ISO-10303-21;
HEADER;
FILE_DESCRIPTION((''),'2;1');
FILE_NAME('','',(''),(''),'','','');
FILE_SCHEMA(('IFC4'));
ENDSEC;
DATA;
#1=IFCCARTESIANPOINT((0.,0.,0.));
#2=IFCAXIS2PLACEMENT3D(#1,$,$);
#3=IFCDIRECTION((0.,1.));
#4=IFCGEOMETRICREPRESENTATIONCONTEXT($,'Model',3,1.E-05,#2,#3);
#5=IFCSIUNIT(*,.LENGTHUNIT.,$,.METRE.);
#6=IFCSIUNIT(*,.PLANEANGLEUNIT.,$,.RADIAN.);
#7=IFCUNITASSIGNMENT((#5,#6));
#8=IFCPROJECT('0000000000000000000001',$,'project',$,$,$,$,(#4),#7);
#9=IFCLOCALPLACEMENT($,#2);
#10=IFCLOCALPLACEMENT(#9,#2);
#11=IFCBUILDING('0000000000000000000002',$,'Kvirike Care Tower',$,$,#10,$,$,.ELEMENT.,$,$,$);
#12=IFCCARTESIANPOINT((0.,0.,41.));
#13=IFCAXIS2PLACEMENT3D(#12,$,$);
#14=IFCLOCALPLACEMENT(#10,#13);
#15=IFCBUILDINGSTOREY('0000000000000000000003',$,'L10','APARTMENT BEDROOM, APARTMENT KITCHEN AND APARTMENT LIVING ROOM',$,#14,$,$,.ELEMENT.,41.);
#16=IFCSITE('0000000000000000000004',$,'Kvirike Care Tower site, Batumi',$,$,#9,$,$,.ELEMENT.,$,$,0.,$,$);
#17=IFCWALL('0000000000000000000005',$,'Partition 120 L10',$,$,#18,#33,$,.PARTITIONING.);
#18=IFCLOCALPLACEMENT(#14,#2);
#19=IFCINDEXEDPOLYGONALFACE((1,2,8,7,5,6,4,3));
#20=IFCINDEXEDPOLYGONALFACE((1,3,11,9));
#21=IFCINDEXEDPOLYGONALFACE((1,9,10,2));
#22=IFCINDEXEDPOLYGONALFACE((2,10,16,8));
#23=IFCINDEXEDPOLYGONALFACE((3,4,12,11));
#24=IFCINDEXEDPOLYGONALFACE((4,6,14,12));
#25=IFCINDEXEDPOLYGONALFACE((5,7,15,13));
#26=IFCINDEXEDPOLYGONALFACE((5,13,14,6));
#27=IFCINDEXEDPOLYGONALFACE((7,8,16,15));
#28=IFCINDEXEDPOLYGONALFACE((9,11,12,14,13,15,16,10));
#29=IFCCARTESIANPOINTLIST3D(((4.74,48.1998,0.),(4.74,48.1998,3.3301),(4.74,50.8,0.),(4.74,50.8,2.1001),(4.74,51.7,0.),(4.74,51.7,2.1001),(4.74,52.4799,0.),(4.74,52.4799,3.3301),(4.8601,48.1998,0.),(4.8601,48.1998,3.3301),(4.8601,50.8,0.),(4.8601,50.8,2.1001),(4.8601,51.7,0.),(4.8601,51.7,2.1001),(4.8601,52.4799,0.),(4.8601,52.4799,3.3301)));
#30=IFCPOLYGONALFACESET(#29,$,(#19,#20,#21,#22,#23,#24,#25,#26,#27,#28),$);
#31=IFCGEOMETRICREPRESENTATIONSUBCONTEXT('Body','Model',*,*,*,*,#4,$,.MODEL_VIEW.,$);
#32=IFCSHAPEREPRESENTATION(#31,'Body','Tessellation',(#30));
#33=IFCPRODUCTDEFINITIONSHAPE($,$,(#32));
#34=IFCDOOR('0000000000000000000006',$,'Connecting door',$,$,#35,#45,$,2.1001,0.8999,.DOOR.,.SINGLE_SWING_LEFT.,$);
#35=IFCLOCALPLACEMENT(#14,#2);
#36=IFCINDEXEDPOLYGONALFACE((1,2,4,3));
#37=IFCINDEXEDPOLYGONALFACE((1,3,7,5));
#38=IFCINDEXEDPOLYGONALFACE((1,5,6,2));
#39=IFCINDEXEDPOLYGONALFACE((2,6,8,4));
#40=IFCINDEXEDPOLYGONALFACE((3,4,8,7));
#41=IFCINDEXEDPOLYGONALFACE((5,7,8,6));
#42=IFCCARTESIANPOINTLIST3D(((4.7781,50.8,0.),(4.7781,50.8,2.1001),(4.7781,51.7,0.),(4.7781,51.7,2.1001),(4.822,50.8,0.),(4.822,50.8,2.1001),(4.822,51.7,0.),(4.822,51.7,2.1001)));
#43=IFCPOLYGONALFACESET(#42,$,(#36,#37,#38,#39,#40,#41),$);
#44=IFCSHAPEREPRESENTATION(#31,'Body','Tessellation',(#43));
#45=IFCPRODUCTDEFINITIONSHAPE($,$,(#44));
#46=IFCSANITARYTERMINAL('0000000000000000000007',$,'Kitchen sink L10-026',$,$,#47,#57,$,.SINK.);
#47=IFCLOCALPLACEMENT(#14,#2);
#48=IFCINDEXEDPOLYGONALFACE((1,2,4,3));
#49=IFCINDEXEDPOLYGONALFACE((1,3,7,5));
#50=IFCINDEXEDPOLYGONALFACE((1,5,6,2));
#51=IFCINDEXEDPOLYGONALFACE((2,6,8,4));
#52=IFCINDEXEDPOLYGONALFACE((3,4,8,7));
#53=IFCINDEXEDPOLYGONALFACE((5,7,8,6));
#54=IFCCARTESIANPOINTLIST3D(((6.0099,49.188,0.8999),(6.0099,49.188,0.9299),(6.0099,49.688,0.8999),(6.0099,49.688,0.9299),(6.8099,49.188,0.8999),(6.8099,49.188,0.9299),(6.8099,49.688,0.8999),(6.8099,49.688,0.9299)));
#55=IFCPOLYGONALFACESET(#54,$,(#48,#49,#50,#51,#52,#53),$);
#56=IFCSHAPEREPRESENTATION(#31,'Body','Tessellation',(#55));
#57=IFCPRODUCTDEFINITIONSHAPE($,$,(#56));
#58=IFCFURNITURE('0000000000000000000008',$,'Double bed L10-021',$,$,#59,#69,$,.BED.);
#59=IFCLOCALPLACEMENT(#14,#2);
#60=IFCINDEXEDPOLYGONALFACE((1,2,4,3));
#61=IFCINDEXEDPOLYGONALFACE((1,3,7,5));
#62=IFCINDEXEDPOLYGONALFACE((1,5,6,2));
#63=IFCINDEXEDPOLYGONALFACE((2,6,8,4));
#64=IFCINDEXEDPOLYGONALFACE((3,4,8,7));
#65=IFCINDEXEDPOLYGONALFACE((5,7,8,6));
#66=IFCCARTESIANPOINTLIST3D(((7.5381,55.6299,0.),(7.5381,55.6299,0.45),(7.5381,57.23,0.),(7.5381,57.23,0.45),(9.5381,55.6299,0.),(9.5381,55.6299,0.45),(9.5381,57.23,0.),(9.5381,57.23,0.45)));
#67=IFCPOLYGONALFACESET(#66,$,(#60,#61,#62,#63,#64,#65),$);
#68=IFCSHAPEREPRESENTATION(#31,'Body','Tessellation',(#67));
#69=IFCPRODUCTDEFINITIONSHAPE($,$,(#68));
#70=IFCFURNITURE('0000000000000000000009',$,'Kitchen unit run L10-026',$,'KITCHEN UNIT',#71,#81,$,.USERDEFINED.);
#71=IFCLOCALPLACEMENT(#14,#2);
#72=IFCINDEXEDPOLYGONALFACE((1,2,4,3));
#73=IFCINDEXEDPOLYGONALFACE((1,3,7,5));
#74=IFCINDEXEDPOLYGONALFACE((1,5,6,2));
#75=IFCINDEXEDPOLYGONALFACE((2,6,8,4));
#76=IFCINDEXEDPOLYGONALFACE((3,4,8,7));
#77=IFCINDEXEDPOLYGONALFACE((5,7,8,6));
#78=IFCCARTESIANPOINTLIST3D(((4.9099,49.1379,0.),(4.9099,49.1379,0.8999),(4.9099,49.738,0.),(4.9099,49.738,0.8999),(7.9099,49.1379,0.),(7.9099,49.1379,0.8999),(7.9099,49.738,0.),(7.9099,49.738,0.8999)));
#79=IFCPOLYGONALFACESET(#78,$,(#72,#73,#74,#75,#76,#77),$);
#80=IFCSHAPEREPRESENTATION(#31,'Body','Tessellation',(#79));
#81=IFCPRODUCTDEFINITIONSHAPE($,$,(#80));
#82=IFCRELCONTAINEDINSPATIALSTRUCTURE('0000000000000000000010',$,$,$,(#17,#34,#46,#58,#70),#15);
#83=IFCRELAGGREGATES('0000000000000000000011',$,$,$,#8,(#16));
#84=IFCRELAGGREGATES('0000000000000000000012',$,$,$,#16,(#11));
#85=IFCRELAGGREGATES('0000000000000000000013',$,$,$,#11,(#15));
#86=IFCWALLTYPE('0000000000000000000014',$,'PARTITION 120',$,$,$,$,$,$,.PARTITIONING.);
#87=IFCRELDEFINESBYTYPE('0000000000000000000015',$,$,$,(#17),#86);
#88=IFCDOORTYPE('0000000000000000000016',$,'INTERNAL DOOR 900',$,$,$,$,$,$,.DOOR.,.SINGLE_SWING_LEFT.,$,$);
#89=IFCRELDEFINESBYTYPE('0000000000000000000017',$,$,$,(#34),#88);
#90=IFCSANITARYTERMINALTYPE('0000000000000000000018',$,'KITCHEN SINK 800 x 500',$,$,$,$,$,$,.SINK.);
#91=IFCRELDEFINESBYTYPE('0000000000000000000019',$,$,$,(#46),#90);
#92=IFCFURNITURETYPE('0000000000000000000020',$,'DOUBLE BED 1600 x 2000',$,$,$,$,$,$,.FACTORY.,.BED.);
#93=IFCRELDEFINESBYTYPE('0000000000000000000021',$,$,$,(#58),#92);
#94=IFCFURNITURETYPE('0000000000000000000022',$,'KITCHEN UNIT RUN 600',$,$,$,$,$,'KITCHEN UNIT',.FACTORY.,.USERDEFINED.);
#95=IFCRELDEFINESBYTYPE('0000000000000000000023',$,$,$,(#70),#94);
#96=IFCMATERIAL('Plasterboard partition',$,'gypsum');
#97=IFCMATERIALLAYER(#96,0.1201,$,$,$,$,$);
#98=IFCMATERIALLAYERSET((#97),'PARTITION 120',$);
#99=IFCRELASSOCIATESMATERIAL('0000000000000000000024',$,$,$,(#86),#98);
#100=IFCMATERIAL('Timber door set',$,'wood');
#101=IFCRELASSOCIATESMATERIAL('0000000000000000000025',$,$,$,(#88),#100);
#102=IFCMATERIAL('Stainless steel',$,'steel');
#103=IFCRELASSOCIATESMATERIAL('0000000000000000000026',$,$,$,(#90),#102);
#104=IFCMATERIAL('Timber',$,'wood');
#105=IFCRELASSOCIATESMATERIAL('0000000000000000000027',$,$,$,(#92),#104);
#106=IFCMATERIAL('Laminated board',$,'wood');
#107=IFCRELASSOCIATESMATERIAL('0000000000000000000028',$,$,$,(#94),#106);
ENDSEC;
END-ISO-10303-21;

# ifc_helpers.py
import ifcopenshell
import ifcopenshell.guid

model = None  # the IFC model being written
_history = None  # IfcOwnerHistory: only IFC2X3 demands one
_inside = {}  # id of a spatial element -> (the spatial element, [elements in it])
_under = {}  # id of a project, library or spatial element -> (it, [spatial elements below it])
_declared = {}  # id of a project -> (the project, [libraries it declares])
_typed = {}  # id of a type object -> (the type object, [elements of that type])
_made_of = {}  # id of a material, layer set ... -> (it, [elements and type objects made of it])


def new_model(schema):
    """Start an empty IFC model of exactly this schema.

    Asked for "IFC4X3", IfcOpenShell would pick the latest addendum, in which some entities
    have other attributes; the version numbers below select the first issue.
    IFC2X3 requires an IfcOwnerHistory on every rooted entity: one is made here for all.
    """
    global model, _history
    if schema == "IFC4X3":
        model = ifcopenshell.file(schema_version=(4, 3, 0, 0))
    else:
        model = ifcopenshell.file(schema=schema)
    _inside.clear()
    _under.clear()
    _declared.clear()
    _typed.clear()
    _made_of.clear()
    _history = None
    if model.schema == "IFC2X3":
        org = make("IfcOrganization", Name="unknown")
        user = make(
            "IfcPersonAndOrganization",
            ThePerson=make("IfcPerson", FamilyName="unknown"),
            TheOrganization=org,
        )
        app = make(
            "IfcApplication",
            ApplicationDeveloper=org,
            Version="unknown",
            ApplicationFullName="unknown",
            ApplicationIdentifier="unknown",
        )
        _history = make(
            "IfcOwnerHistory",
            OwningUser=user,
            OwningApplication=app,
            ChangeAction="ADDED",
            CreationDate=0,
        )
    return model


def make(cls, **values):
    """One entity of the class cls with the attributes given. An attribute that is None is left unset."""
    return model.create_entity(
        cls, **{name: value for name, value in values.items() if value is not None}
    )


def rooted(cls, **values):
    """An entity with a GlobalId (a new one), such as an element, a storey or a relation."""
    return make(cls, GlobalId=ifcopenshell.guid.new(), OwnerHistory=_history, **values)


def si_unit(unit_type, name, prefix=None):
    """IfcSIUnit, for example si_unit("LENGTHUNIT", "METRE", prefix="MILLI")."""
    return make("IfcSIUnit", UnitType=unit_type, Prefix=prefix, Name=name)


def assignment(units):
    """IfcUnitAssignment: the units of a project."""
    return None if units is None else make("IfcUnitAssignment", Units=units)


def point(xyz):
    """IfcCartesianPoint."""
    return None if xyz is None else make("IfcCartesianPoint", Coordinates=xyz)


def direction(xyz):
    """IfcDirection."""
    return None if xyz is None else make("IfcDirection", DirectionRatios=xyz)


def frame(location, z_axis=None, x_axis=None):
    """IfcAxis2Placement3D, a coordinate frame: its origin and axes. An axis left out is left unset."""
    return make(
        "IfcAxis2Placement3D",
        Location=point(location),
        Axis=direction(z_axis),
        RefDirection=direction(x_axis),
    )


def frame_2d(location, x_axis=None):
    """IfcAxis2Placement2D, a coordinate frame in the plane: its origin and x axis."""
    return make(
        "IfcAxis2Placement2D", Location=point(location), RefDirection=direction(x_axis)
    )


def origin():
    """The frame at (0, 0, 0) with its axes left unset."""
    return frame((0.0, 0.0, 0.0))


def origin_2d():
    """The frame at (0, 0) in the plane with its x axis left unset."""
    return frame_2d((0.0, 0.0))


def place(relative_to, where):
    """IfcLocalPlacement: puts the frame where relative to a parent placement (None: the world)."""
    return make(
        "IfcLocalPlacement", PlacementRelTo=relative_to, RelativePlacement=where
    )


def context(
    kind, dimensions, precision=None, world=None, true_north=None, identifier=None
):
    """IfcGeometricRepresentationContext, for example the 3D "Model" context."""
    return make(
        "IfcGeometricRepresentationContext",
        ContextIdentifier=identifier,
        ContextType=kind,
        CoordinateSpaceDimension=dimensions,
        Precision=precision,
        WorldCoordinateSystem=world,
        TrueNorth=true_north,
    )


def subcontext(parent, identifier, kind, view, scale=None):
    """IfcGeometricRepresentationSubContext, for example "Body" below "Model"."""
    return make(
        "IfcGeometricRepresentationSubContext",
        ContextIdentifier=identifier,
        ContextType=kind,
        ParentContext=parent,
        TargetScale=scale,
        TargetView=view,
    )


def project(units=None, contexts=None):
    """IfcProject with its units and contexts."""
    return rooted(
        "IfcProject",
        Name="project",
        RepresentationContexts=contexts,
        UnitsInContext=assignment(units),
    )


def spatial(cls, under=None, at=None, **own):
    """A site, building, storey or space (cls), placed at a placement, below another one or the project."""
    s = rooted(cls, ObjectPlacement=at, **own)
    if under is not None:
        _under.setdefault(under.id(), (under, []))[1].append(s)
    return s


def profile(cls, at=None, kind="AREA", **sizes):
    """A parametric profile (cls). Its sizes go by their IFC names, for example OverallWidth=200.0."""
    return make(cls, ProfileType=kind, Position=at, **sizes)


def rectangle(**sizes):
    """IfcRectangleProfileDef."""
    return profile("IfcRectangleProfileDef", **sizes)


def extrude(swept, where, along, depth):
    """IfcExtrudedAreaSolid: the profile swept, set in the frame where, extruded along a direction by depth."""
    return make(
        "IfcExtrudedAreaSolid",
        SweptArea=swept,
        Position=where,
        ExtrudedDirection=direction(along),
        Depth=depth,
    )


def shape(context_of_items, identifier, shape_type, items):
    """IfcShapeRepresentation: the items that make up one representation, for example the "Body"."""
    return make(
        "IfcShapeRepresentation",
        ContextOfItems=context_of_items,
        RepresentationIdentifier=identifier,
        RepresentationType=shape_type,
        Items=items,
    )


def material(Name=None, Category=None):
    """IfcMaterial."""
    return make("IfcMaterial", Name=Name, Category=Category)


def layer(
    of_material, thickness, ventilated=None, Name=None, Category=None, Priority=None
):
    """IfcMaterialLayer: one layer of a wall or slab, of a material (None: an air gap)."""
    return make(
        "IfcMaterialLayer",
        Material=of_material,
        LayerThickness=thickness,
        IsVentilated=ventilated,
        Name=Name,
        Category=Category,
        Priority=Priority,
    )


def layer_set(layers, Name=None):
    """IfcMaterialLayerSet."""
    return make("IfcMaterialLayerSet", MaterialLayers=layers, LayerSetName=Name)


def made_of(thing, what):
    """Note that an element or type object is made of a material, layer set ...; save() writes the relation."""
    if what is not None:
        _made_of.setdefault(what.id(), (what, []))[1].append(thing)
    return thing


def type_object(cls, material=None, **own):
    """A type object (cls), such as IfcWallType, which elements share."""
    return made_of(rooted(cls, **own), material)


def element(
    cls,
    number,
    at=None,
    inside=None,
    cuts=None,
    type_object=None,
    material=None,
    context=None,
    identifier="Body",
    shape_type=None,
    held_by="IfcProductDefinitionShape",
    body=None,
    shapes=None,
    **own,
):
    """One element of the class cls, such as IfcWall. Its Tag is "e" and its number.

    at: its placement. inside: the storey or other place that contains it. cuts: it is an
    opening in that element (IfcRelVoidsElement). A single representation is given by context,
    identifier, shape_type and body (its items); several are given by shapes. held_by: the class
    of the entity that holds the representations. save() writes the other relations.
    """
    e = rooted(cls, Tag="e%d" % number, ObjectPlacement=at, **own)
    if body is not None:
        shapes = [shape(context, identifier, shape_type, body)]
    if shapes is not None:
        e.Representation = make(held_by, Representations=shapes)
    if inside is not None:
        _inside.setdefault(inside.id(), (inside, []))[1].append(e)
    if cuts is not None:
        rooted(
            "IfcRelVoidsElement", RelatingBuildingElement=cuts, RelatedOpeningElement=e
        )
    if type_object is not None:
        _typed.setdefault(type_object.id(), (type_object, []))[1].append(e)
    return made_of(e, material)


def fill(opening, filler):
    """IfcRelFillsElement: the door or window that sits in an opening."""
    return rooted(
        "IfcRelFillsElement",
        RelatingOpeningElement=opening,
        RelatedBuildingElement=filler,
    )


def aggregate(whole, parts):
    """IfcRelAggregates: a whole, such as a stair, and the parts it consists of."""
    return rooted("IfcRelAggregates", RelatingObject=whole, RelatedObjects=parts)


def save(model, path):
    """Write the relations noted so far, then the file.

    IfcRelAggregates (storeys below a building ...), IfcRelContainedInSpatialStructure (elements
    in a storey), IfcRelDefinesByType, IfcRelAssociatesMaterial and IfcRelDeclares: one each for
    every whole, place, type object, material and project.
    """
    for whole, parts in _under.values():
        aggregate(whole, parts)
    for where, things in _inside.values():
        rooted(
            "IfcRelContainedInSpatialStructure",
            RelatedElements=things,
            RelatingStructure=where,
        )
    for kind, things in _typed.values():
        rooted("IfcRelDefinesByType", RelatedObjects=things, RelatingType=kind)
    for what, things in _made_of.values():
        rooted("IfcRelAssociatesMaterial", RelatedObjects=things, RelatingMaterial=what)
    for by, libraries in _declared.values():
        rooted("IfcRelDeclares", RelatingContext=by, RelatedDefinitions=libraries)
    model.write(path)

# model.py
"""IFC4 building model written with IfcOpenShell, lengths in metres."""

from ifc_helpers import new_model, si_unit, direction, frame, frame_2d, origin, origin_2d, place, context, subcontext, project, spatial, rectangle, extrude, material, layer, layer_set, type_object, element, fill, save


model = new_model("IFC4")

# Units and contexts
model_context = context("Model", 3, precision=1e-05, world=origin(), true_north=direction((0.0, 1.0)))
body_context = subcontext(model_context, "Body", "Model", "MODEL_VIEW")
ifc_project = project(units=[si_unit("LENGTHUNIT", "METRE"), si_unit("PLANEANGLEUNIT", "RADIAN")], contexts=[model_context])

# Site, building, storey
site_placement = place(None, origin())
site = spatial("IfcSite", under=ifc_project, at=site_placement, Name="Kvirike Care Tower site, Batumi", CompositionType="ELEMENT", RefElevation=0.0)
building_placement = place(site_placement, origin())
building = spatial("IfcBuilding", under=site, at=building_placement, Name="Kvirike Care Tower", CompositionType="ELEMENT")
storey_placement = place(building_placement, frame((0.0, 0.0, 41.0)))
storey = spatial("IfcBuildingStorey", under=building, at=storey_placement, Name="L10", Description="APARTMENT BEDROOM, APARTMENT KITCHEN AND APARTMENT LIVING ROOM", CompositionType="ELEMENT", Elevation=41.0)

# Shared definitions
ifc_material_1 = material(Name="Plasterboard partition", Category="gypsum")
ifc_layer_1 = layer(ifc_material_1, 0.1201)
ifc_layer_set_1 = layer_set([ifc_layer_1], Name="PARTITION 120")
wall_type_1 = type_object("IfcWallType", Name="PARTITION 120", PredefinedType="PARTITIONING", material=ifc_layer_set_1)
ifc_material_2 = material(Name="Timber door set", Category="wood")
door_type_1 = type_object("IfcDoorType", Name="INTERNAL DOOR 900", OperationType="SINGLE_SWING_LEFT", PredefinedType="DOOR", material=ifc_material_2)

# Wall, opening, door
wall_1_placement = place(storey_placement, frame((4.8, 52.48, 0.0), z_axis=(0.0, 0.0, 1.0), x_axis=(0.0, -1.0, 0.0)))
wall_1 = element("IfcWall", 1, at=wall_1_placement, inside=storey, type_object=wall_type_1, Name="Partition 120 L10", PredefinedType="PARTITIONING", context=body_context, shape_type="SweptSolid", body=[
    extrude(rectangle(XDim=4.28, YDim=0.1201, at=frame_2d((2.1401, 0.0))), origin(), (0.0, 0.0, 1.0), 3.3301),
])
opening_1_placement = place(wall_1_placement, frame((0.78, 0.0, 0.0)))
opening_1 = element("IfcOpeningElement", 2, at=opening_1_placement, cuts=wall_1, PredefinedType="OPENING", context=body_context, shape_type="SweptSolid", body=[
    extrude(rectangle(XDim=0.8999, YDim=2.1001, at=frame_2d((0.45, 1.05))), frame((0.0, 0.0706, 0.0), z_axis=(0.0, -1.0, 0.0), x_axis=(1.0, 0.0, 0.0)), (0.0, 0.0, 1.0), 0.1411),
])
door_1_placement = place(opening_1_placement, frame((0.8999, 0.0, 0.0), z_axis=(0.0, 0.0, 1.0), x_axis=(-1.0, 0.0, 0.0)))
door_1 = element("IfcDoor", 3, at=door_1_placement, inside=storey, type_object=door_type_1, Name="Connecting door", OperationType="SINGLE_SWING_LEFT", OverallHeight=2.1001, OverallWidth=0.8999, PredefinedType="DOOR", context=body_context, shape_type="SweptSolid", body=[
    extrude(rectangle(XDim=0.8999, YDim=2.1001, at=frame_2d((0.45, 1.05))), frame((0.0, 0.022, 0.0), z_axis=(0.0, -1.0, 0.0), x_axis=(1.0, 0.0, 0.0)), (0.0, 0.0, 1.0), 0.0439),
])
fill(opening_1, door_1)

# Sanitary terminal
ifc_material_3 = material(Name="Stainless steel", Category="steel")
sanitary_terminal_type = type_object("IfcSanitaryTerminalType", Name="KITCHEN SINK 800 x 500", PredefinedType="SINK", material=ifc_material_3)
sanitary_terminal_placement = place(storey_placement, frame((6.4099, 49.438, 0.8999), z_axis=(0.0, 0.0, 1.0), x_axis=(1.0, 0.0, 0.0)))
element("IfcSanitaryTerminal", 4, at=sanitary_terminal_placement, inside=storey, type_object=sanitary_terminal_type, Name="Kitchen sink L10-026", PredefinedType="SINK", context=body_context, shape_type="SweptSolid", body=[
    extrude(rectangle(XDim=0.8, YDim=0.5, at=origin_2d()), origin(), (0.0, 0.0, 1.0), 0.03),
])

# Furniture
ifc_material_4 = material(Name="Timber", Category="wood")
furniture_type_1 = type_object("IfcFurnitureType", Name="DOUBLE BED 1600 x 2000", AssemblyPlace="FACTORY", PredefinedType="BED", material=ifc_material_4)
furniture_1_placement = place(storey_placement, frame((8.5381, 56.4299, 0.0), z_axis=(0.0, 0.0, 1.0), x_axis=(0.0, -1.0, 0.0)))
element("IfcFurniture", 5, at=furniture_1_placement, inside=storey, type_object=furniture_type_1, Name="Double bed L10-021", PredefinedType="BED", context=body_context, shape_type="SweptSolid", body=[
    extrude(rectangle(XDim=1.6001, YDim=2.0, at=origin_2d()), origin(), (0.0, 0.0, 1.0), 0.45),
])
ifc_material_5 = material(Name="Laminated board", Category="wood")
furniture_type_2 = type_object("IfcFurnitureType", Name="KITCHEN UNIT RUN 600", ElementType="KITCHEN UNIT", AssemblyPlace="FACTORY", PredefinedType="USERDEFINED", material=ifc_material_5)
furniture_2_placement = place(storey_placement, frame((6.4099, 49.438, 0.0), z_axis=(0.0, 0.0, 1.0), x_axis=(1.0, 0.0, 0.0)))
element("IfcFurniture", 6, at=furniture_2_placement, inside=storey, type_object=furniture_type_2, Name="Kitchen unit run L10-026", ObjectType="KITCHEN UNIT", PredefinedType="USERDEFINED", context=body_context, shape_type="SweptSolid", body=[
    extrude(rectangle(XDim=3.0, YDim=0.6001, at=origin_2d()), origin(), (0.0, 0.0, 1.0), 0.8999),
])

save(model, "model.ifc")
